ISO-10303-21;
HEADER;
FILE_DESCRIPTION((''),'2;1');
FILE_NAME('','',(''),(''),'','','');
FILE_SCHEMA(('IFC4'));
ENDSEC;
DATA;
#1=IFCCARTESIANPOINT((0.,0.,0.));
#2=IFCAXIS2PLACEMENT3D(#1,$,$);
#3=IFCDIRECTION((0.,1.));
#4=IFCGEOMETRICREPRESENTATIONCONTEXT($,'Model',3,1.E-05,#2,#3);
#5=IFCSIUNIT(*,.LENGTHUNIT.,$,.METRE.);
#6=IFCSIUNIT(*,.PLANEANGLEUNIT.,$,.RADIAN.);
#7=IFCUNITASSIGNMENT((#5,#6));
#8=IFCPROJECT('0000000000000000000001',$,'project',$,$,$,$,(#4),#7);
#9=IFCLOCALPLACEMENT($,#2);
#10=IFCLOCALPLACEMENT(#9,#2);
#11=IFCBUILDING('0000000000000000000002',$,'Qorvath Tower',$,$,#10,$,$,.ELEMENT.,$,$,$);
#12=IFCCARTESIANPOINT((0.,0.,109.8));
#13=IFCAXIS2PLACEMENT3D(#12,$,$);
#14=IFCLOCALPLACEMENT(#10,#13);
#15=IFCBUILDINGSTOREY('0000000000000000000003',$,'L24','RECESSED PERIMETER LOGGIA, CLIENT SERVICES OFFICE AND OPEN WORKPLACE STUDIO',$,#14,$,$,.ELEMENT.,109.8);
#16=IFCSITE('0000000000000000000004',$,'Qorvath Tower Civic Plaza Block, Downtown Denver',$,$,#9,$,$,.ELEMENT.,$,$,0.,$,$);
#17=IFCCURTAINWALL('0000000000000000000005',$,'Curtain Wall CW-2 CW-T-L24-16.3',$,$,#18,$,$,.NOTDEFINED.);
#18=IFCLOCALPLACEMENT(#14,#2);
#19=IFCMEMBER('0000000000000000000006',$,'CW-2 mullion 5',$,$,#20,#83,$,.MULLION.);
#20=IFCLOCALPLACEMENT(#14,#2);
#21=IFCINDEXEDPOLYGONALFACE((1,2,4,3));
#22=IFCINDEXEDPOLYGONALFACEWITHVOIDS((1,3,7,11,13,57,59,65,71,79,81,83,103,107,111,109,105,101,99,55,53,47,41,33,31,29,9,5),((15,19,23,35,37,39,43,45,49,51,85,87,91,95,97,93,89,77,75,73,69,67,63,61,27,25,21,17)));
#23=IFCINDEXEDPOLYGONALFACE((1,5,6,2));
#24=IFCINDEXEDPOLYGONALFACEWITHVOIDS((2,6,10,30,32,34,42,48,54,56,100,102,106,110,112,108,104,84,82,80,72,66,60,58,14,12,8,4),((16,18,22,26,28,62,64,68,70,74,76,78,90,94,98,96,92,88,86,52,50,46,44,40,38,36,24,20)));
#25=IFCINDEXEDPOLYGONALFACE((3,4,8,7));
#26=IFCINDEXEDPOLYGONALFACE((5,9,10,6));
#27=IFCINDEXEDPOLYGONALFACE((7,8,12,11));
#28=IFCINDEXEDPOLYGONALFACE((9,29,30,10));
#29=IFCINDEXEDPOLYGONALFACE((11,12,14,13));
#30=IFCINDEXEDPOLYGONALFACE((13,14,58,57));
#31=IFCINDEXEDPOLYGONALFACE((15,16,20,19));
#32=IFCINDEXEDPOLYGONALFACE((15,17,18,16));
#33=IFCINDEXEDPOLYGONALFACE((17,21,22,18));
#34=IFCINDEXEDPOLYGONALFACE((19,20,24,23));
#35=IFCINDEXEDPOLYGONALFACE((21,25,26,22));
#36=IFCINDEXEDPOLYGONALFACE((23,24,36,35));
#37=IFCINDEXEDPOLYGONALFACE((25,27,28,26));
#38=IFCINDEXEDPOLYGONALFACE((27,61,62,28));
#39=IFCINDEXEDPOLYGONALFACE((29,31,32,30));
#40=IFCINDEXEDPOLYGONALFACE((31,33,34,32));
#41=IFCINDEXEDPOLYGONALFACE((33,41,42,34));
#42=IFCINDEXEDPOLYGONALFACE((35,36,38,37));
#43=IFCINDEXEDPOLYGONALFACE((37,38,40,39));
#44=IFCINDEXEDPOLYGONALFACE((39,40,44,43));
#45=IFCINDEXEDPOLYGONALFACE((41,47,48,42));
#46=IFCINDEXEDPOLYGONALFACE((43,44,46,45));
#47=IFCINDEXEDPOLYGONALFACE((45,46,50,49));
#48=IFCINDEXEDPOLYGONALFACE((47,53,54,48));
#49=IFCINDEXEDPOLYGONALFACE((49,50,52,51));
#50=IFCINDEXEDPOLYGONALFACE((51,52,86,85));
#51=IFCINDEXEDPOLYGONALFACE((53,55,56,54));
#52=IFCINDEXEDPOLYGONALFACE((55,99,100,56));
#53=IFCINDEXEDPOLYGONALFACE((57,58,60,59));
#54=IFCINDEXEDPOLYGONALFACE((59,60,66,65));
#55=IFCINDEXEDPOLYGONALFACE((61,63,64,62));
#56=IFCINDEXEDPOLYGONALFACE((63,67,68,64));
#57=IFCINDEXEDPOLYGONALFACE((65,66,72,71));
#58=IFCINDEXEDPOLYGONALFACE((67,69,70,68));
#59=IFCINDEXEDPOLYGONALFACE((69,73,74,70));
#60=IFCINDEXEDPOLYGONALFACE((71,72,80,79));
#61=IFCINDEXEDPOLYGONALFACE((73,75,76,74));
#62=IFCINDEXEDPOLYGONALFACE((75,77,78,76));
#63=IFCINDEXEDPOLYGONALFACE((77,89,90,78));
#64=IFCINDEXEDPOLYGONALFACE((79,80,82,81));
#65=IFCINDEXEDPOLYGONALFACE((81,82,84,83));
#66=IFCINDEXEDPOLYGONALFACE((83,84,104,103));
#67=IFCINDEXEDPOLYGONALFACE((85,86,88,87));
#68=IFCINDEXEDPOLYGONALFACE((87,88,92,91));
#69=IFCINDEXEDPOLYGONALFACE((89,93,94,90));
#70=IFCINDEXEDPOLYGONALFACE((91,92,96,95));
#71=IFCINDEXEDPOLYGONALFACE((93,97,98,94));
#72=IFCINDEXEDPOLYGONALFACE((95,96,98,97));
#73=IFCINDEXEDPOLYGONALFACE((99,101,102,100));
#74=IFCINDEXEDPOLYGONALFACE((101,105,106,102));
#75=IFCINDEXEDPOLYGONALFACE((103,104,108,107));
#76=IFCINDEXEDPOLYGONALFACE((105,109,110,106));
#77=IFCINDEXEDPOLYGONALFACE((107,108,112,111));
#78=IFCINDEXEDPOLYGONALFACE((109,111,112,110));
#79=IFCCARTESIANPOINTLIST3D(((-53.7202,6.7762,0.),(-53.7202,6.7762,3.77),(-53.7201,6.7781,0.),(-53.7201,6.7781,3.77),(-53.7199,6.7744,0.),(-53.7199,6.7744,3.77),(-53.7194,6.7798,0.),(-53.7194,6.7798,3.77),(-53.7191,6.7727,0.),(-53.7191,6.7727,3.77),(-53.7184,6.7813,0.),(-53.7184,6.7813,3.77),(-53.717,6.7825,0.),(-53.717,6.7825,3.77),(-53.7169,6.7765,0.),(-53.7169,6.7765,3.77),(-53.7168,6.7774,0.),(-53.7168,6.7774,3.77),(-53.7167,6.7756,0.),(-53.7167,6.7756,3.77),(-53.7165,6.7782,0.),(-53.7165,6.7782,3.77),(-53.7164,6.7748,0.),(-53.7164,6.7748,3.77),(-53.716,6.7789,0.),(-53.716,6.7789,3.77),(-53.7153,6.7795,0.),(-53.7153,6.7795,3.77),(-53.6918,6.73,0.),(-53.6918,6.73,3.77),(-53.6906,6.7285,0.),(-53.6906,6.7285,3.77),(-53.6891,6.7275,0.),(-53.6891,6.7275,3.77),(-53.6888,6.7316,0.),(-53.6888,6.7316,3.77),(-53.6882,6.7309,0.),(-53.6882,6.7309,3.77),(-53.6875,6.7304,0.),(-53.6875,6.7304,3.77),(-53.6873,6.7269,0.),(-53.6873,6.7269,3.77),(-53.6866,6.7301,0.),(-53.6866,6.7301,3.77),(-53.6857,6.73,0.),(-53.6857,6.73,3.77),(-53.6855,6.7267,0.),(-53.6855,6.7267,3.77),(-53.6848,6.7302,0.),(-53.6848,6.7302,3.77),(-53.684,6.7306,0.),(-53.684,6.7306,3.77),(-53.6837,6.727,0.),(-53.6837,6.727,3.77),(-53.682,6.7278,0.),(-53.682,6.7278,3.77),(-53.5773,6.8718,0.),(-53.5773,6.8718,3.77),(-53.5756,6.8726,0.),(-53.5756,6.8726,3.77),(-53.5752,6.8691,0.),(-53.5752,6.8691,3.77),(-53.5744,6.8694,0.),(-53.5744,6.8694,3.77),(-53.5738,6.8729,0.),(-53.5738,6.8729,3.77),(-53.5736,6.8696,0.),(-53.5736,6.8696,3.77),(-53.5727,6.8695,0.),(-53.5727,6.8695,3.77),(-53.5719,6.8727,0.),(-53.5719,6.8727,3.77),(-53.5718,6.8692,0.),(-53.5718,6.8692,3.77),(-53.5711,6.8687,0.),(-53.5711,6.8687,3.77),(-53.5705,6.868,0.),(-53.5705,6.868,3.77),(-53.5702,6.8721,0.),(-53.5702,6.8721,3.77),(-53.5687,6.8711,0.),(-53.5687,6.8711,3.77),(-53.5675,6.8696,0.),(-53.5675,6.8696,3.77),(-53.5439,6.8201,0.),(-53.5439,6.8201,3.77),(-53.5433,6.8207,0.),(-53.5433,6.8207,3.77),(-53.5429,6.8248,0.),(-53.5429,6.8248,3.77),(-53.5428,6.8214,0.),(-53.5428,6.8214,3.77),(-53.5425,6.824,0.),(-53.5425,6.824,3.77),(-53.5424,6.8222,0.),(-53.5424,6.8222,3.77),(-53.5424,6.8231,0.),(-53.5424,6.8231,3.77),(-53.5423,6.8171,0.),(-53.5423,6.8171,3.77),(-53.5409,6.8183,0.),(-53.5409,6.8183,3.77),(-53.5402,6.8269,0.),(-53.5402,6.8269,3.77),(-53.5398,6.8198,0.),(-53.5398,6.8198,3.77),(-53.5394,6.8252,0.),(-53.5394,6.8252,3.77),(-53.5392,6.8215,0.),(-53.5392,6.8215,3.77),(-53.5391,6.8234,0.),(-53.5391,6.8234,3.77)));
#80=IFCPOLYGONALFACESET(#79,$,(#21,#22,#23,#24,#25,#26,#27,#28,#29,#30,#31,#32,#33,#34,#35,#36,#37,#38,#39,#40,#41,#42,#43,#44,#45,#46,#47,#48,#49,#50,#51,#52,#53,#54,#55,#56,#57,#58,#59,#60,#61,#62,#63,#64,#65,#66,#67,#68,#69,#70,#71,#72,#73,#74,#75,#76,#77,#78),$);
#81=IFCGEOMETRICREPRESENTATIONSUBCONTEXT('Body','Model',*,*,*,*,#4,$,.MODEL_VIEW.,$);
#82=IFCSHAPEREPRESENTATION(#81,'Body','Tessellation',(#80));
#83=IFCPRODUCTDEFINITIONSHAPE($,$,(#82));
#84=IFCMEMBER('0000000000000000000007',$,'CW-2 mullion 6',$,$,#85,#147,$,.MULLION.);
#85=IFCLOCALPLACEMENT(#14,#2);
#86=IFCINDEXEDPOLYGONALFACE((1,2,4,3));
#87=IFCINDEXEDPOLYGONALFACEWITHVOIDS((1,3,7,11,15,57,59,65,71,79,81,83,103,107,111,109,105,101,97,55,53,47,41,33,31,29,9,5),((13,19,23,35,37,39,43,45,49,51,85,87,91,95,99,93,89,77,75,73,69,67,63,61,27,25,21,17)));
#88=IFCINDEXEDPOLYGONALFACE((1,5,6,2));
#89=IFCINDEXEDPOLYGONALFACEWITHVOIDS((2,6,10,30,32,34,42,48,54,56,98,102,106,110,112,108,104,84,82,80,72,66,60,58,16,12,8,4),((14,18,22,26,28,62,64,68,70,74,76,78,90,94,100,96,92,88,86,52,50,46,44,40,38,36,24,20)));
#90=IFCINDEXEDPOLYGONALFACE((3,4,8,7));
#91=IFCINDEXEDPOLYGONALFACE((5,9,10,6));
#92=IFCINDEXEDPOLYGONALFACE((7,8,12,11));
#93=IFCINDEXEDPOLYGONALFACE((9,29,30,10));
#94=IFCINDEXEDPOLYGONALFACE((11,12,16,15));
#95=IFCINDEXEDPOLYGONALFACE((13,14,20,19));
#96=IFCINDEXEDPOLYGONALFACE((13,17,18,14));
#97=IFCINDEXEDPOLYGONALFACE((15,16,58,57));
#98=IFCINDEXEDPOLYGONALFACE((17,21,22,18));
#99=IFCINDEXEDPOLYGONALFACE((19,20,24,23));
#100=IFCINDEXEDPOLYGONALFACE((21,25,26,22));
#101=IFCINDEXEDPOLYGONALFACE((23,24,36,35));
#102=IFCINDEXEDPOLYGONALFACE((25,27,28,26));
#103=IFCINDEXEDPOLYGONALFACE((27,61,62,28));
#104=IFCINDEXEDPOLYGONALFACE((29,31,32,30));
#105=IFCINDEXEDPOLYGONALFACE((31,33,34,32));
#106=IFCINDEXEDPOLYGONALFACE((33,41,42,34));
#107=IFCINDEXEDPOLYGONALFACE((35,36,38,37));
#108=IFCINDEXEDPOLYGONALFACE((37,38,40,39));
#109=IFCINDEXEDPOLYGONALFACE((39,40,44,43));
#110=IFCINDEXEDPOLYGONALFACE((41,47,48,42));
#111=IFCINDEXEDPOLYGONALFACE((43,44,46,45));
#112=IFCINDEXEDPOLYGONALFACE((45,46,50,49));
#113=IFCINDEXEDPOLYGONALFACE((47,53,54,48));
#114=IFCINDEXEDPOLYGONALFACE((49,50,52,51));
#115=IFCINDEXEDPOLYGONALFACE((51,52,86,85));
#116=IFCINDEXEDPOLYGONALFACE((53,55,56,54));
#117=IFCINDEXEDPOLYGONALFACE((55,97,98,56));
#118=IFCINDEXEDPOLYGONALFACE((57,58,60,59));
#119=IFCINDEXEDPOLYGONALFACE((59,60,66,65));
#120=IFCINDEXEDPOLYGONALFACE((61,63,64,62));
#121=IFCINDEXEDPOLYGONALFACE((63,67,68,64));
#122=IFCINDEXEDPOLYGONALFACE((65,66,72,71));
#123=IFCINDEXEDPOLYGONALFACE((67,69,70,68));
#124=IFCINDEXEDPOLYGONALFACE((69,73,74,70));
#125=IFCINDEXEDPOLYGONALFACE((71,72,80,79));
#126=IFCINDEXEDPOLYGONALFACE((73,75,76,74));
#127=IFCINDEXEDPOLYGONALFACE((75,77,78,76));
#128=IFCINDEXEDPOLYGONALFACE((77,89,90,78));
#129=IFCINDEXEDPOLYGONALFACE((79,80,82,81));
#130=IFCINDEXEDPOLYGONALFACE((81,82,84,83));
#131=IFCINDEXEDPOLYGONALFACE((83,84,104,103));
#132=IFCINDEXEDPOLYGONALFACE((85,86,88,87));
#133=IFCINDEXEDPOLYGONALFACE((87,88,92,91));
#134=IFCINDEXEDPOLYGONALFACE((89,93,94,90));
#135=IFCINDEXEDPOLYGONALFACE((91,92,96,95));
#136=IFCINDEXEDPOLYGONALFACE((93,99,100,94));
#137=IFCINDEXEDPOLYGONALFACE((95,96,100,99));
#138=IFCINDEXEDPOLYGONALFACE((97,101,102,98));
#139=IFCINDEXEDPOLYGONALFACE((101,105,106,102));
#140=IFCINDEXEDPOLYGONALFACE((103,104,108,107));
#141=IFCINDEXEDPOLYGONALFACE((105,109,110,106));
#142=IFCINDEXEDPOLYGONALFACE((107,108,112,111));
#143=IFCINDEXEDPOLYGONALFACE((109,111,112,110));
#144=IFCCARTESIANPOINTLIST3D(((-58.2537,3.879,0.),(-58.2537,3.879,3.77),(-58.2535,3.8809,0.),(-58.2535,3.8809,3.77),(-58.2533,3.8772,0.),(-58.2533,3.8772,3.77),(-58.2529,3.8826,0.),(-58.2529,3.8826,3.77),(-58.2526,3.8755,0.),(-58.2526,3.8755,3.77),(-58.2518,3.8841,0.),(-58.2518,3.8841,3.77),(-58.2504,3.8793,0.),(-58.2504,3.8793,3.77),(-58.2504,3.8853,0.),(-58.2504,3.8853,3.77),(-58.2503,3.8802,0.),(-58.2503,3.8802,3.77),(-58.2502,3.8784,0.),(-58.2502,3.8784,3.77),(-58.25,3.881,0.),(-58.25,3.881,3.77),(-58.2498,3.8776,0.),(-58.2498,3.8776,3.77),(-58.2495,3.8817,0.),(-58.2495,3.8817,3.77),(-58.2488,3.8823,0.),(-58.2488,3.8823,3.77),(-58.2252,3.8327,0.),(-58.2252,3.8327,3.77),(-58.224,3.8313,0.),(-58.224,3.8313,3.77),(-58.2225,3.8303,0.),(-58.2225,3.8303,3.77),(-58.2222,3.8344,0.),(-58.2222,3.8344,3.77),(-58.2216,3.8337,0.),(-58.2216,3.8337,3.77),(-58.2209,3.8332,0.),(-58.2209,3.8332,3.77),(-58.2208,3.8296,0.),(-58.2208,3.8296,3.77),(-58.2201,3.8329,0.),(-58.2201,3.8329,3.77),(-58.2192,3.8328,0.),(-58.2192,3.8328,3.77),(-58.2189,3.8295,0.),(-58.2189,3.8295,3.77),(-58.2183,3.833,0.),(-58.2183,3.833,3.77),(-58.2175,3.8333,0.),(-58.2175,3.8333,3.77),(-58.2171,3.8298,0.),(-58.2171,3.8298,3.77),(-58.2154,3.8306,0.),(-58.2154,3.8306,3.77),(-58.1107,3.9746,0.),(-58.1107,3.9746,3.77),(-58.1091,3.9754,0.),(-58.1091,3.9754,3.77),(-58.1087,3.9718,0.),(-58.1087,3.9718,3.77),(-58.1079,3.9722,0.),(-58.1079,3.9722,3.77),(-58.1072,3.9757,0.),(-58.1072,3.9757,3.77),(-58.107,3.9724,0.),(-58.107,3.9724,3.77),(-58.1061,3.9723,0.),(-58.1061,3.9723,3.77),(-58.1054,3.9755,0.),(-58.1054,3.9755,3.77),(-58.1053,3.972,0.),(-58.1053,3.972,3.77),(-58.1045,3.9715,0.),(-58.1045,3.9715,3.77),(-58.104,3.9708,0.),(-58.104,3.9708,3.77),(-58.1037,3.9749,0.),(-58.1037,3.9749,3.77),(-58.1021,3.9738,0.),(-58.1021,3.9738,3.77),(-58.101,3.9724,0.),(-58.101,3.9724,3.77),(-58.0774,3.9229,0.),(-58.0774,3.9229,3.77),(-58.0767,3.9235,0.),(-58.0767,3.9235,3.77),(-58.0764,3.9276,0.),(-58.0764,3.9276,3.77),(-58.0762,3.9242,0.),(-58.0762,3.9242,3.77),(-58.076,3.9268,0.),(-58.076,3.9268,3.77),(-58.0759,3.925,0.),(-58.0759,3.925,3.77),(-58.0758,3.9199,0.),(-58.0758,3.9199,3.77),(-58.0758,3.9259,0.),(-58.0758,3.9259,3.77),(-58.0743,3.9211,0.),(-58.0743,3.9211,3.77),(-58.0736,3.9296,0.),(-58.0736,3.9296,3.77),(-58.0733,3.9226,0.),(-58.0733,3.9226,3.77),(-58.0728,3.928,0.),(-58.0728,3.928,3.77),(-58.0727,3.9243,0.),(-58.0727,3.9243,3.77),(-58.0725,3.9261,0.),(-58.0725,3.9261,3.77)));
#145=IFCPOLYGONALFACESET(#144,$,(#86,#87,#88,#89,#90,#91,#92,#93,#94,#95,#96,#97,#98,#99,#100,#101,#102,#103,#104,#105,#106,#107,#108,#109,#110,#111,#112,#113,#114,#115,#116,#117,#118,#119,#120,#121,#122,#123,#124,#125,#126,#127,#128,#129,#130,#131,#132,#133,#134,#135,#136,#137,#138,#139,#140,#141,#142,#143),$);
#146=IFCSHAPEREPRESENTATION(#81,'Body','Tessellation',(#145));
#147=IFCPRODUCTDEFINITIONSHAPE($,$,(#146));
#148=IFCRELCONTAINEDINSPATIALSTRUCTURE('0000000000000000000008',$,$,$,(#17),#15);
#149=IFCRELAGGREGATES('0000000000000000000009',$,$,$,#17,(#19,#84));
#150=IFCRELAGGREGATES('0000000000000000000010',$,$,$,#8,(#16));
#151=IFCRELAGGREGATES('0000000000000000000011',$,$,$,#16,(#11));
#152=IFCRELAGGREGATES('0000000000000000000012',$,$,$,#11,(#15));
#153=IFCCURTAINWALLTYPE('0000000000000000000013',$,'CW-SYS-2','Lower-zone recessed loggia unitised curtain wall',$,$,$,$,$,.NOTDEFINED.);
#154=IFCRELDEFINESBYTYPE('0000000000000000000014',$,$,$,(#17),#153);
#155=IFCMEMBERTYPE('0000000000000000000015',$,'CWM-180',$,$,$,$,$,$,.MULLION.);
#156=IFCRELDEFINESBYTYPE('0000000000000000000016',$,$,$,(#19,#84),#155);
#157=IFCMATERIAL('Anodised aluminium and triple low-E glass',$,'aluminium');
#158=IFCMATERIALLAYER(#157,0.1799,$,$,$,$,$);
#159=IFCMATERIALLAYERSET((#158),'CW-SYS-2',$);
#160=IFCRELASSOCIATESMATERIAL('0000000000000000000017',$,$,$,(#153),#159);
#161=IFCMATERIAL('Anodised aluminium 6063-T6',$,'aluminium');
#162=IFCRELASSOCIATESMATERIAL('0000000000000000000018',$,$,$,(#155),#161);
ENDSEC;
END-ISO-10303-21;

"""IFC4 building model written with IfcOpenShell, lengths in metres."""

from ifc_helpers import new_model, si_unit, direction, frame, origin, origin_2d, place, context, subcontext, project, spatial, hollow_rectangle, extrude, material, layer, layer_set, material_profile, profile_set, type_object, element, aggregate, save


model = new_model("IFC4")

# Units and contexts
model_context = context("Model", 3, precision=1e-05, world=origin(), true_north=direction((0.0, 1.0)))
body_context = subcontext(model_context, "Body", "Model", "MODEL_VIEW")
ifc_project = project(units=[si_unit("LENGTHUNIT", "METRE"), si_unit("PLANEANGLEUNIT", "RADIAN")], contexts=[model_context])

# Site, building, storey
site_placement = place(None, origin())
site = spatial("IfcSite", under=ifc_project, at=site_placement, Name="Qorvath Tower Civic Plaza Block, Downtown Denver", CompositionType="ELEMENT", RefElevation=0.0)
building_placement = place(site_placement, origin())
building = spatial("IfcBuilding", under=site, at=building_placement, Name="Qorvath Tower", CompositionType="ELEMENT")
storey_placement = place(building_placement, frame((0.0, 0.0, 109.8)))
storey = spatial("IfcBuildingStorey", under=building, at=storey_placement, Name="L24", Description="RECESSED PERIMETER LOGGIA, CLIENT SERVICES OFFICE AND OPEN WORKPLACE STUDIO", CompositionType="ELEMENT", Elevation=109.8)

# Curtain wall, members
ifc_material_1 = material(Name="Anodised aluminium and triple low-E glass", Category="aluminium")
ifc_layer_1 = layer(ifc_material_1, 0.1799)
ifc_layer_set_1 = layer_set([ifc_layer_1], Name="CW-SYS-2")
curtain_wall_type = type_object("IfcCurtainWallType", Name="CW-SYS-2", Description="Lower-zone recessed loggia unitised curtain wall", PredefinedType="NOTDEFINED", material=ifc_layer_set_1)
curtain_wall_placement = place(storey_placement, origin())
curtain_wall = element("IfcCurtainWall", 1, at=curtain_wall_placement, inside=storey, type_object=curtain_wall_type, Name="Curtain Wall CW-2 CW-T-L24-16.3", PredefinedType="NOTDEFINED")
ifc_material_2 = material(Name="Anodised aluminium 6063-T6", Category="aluminium")
ifc_material_profile_1 = material_profile(ifc_material_2, hollow_rectangle(XDim=0.0649, YDim=0.1799, WallThickness=0.0034, InnerFilletRadius=0.0034, OuterFilletRadius=0.0071, at=origin_2d()), Name="CWM 180x65")
ifc_profile_set_1 = profile_set([ifc_material_profile_1], Name="Anodised aluminium 6063-T6")
member_type_1 = type_object("IfcMemberType", Name="CWM-180", PredefinedType="MULLION", material=ifc_profile_set_1)
member_1_placement = place(storey_placement, frame((-53.6296, 6.7998, 0.0), z_axis=(0.0, 0.0, 1.0), x_axis=(0.53853, -0.842606, 0.0)))
member_1 = element("IfcMember", 2, at=member_1_placement, type_object=member_type_1, Name="CW-2 mullion 5", PredefinedType="MULLION", context=body_context, shape_type="SweptSolid", body=[
    extrude(hollow_rectangle(XDim=0.0649, YDim=0.1799, WallThickness=0.0034, InnerFilletRadius=0.0034, OuterFilletRadius=0.0071, at=origin_2d()), origin(), (0.0, 0.0, 1.0), 3.77),
])
member_2_placement = place(storey_placement, frame((-58.1631, 3.9026, 0.0), z_axis=(0.0, 0.0, 1.0), x_axis=(0.53853, -0.842606, 0.0)))
member_2 = element("IfcMember", 3, at=member_2_placement, type_object=member_type_1, Name="CW-2 mullion 6", PredefinedType="MULLION", context=body_context, shape_type="SweptSolid", body=[
    extrude(hollow_rectangle(XDim=0.0649, YDim=0.1799, WallThickness=0.0034, InnerFilletRadius=0.0034, OuterFilletRadius=0.0071, at=origin_2d()), origin(), (0.0, 0.0, 1.0), 3.77),
])
aggregate(curtain_wall, [member_1, member_2])

save(model, "model.ifc")
